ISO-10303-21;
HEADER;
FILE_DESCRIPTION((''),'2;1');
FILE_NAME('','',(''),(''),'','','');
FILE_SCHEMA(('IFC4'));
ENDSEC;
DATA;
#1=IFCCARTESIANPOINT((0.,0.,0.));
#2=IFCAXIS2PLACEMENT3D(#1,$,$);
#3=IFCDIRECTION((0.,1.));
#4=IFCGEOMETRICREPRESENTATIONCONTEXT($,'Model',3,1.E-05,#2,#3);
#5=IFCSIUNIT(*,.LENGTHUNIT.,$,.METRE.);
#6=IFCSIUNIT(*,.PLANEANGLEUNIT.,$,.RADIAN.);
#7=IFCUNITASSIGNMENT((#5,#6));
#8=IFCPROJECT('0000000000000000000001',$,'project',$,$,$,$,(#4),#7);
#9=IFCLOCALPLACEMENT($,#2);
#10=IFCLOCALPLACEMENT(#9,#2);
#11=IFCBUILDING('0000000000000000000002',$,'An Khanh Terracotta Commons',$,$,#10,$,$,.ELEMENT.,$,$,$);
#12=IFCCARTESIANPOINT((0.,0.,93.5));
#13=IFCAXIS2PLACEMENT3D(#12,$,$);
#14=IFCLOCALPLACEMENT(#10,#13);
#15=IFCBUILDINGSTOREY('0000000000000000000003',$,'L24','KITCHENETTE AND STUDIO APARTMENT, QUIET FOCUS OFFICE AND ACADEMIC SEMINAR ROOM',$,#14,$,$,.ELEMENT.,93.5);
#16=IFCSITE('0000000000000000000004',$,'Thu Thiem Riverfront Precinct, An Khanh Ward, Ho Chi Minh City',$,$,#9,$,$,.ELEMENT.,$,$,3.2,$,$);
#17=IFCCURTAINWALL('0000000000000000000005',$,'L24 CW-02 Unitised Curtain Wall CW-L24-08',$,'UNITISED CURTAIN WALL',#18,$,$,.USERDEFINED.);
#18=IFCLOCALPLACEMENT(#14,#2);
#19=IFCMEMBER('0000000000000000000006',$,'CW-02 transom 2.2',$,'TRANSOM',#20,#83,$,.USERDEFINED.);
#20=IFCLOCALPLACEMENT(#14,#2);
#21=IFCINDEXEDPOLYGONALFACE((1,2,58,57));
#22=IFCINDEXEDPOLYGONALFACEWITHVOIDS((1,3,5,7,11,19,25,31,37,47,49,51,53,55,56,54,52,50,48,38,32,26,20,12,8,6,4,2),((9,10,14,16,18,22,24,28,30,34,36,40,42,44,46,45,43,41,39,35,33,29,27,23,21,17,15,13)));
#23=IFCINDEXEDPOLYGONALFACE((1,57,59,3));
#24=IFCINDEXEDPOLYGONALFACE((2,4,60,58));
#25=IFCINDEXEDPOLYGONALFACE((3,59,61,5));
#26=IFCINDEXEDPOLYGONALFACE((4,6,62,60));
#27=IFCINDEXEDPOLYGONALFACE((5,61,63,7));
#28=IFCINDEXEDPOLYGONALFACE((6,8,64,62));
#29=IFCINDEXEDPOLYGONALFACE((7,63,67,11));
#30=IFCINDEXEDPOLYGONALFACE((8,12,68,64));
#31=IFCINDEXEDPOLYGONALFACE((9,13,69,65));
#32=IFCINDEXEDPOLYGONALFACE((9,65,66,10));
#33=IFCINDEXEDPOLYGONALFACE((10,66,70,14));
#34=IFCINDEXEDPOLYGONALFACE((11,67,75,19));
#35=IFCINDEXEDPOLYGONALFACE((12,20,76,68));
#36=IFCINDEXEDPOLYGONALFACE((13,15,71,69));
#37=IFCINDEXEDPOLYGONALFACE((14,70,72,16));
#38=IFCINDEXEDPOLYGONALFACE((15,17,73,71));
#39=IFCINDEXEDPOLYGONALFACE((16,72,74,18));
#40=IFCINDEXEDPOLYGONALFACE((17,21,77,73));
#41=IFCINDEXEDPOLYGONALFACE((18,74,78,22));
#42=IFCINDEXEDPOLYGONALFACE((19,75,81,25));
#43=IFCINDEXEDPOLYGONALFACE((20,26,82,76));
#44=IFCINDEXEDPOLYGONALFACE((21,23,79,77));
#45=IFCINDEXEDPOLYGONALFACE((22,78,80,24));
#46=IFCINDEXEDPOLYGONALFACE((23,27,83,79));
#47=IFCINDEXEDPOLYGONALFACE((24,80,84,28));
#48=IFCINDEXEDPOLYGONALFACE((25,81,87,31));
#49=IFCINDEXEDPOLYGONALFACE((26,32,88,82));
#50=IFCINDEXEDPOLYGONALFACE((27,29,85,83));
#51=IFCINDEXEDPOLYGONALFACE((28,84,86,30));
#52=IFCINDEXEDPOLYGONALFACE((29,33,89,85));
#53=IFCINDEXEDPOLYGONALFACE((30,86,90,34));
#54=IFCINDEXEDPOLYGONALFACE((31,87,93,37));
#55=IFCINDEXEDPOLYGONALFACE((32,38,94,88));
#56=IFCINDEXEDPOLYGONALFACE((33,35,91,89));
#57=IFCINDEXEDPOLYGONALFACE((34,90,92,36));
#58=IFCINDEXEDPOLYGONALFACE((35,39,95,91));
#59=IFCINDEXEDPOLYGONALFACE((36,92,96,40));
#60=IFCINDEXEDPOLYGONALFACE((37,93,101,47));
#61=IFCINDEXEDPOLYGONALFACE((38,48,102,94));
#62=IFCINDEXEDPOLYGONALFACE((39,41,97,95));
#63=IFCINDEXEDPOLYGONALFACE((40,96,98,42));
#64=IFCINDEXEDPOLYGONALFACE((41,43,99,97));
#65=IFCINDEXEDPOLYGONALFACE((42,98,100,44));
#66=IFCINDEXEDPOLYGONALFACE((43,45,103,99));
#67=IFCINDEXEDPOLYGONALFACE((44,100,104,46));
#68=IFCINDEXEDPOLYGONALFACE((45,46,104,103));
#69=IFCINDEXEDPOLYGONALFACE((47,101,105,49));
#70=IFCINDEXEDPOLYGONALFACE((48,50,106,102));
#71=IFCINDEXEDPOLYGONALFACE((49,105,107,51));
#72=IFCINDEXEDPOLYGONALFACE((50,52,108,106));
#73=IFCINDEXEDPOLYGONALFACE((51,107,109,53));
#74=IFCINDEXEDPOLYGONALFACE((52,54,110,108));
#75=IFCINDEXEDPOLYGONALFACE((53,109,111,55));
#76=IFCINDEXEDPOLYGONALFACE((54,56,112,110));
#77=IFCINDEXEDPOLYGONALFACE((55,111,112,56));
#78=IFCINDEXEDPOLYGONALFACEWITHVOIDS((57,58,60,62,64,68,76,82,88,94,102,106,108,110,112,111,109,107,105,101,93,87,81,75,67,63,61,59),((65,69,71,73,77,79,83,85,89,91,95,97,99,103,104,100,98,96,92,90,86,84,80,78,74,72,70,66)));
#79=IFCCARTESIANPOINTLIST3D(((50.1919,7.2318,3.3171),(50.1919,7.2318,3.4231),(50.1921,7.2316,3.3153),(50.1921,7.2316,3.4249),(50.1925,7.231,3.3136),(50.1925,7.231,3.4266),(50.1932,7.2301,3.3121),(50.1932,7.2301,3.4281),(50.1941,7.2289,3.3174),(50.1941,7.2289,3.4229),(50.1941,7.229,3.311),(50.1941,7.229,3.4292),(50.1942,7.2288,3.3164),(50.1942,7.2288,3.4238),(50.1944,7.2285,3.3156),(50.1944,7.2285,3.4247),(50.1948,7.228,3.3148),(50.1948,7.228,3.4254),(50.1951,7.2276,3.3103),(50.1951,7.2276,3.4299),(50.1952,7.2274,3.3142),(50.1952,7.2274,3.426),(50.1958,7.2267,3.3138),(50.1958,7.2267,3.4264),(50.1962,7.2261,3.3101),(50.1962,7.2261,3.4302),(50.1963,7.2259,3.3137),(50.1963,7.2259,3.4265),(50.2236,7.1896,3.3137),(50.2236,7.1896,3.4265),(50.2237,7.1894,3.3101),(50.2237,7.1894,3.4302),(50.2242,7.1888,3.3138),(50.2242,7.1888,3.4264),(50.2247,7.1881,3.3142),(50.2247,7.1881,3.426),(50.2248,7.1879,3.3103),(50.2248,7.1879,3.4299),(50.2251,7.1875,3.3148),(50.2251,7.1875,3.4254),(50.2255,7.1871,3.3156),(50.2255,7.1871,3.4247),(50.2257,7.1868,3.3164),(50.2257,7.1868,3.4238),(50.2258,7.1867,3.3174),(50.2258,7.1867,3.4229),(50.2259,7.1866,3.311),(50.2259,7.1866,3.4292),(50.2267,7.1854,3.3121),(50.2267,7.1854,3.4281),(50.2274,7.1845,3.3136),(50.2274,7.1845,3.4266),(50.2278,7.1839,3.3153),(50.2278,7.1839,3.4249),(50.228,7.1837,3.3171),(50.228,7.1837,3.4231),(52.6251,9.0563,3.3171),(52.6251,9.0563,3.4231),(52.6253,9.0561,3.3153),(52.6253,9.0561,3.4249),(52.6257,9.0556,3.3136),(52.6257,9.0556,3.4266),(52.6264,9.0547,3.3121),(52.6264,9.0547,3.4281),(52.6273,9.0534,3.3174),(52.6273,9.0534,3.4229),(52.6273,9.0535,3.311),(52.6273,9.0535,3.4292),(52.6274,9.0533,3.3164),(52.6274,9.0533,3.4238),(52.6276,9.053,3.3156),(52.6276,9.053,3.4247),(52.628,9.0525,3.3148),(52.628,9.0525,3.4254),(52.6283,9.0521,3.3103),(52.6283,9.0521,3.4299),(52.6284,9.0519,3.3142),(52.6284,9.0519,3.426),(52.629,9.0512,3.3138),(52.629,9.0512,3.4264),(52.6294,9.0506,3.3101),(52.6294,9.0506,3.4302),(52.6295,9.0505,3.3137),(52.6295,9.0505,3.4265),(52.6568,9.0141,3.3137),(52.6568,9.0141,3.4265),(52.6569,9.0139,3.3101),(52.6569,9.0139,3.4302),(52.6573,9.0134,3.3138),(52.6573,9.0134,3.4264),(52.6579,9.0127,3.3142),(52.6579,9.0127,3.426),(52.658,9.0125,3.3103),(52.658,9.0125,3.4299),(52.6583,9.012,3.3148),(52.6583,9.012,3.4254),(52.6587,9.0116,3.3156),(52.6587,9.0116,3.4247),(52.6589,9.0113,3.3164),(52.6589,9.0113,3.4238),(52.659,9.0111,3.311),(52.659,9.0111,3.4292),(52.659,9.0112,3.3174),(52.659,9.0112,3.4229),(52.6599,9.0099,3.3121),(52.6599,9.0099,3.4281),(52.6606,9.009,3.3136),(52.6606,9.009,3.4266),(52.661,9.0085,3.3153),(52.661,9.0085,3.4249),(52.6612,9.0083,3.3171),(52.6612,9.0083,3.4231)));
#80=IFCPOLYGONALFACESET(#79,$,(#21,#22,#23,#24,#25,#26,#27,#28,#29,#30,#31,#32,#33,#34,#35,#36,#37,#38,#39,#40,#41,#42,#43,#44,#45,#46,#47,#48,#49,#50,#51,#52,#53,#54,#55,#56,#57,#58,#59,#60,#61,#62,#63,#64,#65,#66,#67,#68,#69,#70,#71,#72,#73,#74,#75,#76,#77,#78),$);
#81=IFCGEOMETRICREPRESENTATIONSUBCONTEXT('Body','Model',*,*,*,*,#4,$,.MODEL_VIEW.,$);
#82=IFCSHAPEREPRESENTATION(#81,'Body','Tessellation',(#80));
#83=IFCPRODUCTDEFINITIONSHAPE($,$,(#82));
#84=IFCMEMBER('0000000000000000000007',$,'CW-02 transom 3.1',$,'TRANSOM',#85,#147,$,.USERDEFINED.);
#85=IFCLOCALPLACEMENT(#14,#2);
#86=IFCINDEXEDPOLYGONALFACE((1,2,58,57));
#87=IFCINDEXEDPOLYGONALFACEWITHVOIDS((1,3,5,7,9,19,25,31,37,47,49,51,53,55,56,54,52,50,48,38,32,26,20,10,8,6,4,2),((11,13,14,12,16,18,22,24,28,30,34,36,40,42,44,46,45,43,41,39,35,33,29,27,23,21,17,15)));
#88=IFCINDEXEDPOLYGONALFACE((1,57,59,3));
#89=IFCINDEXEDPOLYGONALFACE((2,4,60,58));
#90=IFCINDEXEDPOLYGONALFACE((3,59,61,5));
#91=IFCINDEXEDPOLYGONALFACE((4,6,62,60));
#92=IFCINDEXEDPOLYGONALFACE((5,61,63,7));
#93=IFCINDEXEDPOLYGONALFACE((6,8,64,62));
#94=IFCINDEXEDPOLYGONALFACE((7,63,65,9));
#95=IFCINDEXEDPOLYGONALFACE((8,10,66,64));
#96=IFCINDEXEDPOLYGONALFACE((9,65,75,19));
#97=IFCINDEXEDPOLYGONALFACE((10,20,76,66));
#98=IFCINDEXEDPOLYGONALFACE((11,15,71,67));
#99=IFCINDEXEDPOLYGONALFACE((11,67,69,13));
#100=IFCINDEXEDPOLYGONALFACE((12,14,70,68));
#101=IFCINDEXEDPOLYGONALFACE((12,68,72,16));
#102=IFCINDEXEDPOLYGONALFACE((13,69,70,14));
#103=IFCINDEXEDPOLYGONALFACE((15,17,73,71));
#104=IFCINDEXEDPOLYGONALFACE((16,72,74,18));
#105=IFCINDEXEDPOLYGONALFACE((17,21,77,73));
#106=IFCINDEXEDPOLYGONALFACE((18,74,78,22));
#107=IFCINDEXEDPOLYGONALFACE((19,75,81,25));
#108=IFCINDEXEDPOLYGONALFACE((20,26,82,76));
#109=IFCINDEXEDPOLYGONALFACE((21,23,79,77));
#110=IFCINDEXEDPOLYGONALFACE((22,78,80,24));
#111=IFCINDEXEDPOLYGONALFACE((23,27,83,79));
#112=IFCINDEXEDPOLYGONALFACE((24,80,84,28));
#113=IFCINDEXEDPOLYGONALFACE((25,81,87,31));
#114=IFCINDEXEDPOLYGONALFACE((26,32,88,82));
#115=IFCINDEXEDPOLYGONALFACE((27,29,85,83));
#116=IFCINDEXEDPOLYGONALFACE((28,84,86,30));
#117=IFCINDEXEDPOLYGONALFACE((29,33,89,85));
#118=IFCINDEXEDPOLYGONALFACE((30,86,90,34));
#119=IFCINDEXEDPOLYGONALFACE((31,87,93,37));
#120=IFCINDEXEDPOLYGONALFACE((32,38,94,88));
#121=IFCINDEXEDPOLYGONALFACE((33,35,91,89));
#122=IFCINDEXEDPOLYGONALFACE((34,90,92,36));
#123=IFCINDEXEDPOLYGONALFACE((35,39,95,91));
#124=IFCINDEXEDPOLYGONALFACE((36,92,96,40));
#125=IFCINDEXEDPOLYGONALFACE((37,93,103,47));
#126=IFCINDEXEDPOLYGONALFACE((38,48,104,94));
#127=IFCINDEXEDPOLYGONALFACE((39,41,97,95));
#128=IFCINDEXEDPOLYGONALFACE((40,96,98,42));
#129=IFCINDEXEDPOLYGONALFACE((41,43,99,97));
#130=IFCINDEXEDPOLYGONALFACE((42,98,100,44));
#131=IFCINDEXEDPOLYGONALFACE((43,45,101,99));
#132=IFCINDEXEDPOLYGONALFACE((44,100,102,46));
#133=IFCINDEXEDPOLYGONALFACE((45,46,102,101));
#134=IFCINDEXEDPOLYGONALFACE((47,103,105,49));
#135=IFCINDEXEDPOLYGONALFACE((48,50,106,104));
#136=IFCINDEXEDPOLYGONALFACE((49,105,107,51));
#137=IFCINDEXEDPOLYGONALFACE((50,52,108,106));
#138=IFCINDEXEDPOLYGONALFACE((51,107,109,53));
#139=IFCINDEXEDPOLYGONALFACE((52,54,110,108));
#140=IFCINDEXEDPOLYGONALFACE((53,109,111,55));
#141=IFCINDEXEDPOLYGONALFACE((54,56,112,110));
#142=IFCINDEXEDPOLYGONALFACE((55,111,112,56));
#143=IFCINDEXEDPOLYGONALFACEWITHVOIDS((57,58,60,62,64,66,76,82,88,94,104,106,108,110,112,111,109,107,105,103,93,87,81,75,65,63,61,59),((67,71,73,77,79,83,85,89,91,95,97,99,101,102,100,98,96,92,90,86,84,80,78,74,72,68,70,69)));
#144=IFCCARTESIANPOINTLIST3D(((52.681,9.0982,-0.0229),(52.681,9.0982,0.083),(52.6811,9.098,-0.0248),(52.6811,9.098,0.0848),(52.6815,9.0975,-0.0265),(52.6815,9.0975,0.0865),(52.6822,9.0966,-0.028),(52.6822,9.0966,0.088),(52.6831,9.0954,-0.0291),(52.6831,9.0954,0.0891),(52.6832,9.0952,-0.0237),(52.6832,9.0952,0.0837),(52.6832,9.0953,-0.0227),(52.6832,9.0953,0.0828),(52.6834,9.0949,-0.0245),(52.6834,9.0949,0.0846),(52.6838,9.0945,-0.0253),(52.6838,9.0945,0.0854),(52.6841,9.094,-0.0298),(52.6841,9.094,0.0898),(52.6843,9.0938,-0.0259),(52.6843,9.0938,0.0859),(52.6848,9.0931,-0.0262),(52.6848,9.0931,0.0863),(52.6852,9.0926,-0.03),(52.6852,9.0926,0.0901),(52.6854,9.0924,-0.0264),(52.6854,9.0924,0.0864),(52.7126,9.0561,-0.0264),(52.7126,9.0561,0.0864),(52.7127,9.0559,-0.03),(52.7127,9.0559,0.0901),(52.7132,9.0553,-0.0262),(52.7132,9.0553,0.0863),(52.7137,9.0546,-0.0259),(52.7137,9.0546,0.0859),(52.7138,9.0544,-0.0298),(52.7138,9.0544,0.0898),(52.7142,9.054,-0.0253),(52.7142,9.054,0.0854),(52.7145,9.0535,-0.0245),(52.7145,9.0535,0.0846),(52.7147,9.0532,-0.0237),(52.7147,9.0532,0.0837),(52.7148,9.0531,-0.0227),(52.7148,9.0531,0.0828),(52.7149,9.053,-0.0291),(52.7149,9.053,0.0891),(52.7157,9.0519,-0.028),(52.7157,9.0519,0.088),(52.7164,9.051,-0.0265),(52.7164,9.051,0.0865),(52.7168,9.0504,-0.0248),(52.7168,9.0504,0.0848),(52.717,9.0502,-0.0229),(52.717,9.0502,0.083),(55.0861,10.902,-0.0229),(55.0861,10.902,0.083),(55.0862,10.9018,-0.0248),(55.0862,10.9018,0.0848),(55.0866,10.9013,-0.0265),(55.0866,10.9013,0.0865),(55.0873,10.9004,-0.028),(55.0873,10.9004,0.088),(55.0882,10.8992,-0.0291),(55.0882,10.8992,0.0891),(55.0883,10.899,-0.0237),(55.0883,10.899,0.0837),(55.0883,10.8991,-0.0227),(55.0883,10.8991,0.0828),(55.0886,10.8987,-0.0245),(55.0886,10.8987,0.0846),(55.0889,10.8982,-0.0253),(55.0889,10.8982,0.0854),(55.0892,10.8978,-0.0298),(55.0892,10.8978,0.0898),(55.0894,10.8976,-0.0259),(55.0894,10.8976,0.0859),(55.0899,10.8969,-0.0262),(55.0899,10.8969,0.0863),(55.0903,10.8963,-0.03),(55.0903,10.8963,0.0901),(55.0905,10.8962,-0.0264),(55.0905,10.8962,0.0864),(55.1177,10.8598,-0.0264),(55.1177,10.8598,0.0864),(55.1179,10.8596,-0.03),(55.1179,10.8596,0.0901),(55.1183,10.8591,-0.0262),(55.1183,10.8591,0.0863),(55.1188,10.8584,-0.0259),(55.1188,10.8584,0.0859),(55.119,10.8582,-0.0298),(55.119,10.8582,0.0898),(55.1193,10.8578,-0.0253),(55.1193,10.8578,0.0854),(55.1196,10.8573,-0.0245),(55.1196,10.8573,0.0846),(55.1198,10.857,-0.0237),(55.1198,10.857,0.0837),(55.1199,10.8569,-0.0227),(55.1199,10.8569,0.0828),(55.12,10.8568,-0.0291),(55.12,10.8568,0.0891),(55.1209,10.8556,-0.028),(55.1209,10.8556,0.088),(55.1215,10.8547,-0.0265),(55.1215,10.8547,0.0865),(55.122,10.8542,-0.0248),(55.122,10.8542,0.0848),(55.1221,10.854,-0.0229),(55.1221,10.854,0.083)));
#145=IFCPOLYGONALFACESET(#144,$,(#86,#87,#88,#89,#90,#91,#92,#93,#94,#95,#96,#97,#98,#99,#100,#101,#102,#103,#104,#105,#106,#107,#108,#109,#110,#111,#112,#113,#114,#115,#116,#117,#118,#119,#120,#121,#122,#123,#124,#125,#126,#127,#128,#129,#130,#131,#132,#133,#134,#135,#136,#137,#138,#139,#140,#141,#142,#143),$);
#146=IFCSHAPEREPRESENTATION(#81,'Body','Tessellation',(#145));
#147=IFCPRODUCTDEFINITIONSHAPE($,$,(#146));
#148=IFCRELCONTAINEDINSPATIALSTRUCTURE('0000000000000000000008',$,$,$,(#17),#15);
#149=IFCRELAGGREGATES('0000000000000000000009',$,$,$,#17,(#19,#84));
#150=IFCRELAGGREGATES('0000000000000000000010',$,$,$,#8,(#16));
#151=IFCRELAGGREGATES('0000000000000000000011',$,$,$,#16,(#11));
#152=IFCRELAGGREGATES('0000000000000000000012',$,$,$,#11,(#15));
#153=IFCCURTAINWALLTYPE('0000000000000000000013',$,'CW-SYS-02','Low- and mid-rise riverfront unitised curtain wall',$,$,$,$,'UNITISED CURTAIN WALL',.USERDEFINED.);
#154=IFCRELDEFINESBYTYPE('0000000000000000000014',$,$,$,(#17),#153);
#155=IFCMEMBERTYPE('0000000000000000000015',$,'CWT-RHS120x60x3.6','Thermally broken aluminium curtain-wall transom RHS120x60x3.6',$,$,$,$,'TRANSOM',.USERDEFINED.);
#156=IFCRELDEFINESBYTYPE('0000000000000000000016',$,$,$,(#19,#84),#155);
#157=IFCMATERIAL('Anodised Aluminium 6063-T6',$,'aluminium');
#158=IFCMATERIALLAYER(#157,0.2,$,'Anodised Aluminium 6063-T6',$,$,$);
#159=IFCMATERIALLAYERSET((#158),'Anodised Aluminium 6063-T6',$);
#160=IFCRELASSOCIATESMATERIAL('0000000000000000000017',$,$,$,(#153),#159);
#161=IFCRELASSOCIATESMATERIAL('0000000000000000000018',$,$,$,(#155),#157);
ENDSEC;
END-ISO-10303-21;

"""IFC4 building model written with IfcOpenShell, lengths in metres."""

from ifc_helpers import new_model, si_unit, direction, frame, origin, origin_2d, place, context, subcontext, project, spatial, hollow_rectangle, extrude, material, layer, layer_set, material_profile, profile_set, type_object, element, aggregate, save


model = new_model("IFC4")

# Units and contexts
model_context = context("Model", 3, precision=1e-05, world=origin(), true_north=direction((0.0, 1.0)))
body_context = subcontext(model_context, "Body", "Model", "MODEL_VIEW")
ifc_project = project(units=[si_unit("LENGTHUNIT", "METRE"), si_unit("PLANEANGLEUNIT", "RADIAN")], contexts=[model_context])

# Site, building, storey
site_placement = place(None, origin())
site = spatial("IfcSite", under=ifc_project, at=site_placement, Name="Thu Thiem Riverfront Precinct, An Khanh Ward, Ho Chi Minh City", CompositionType="ELEMENT", RefElevation=3.2)
building_placement = place(site_placement, origin())
building = spatial("IfcBuilding", under=site, at=building_placement, Name="An Khanh Terracotta Commons", CompositionType="ELEMENT")
storey_placement = place(building_placement, frame((0.0, 0.0, 93.5)))
storey = spatial("IfcBuildingStorey", under=building, at=storey_placement, Name="L24", Description="KITCHENETTE AND STUDIO APARTMENT, QUIET FOCUS OFFICE AND ACADEMIC SEMINAR ROOM", CompositionType="ELEMENT", Elevation=93.5)

# Shared definitions
ifc_material_1 = material(Name="Anodised Aluminium 6063-T6", Category="aluminium")

# Curtain wall, members
ifc_layer_1 = layer(ifc_material_1, 0.2, Name="Anodised Aluminium 6063-T6")
ifc_layer_set_1 = layer_set([ifc_layer_1], Name="Anodised Aluminium 6063-T6")
curtain_wall_type_1 = type_object("IfcCurtainWallType", Name="CW-SYS-02", Description="Low- and mid-rise riverfront unitised curtain wall", ElementType="UNITISED CURTAIN WALL", PredefinedType="USERDEFINED", material=ifc_layer_set_1)
curtain_wall_1_placement = place(storey_placement, origin())
curtain_wall_1 = element("IfcCurtainWall", 1, at=curtain_wall_1_placement, inside=storey, type_object=curtain_wall_type_1, Name="L24 CW-02 Unitised Curtain Wall CW-L24-08", ObjectType="UNITISED CURTAIN WALL", PredefinedType="USERDEFINED")
ifc_material_profile_1 = material_profile(ifc_material_1, hollow_rectangle(XDim=0.0601, YDim=0.1201, WallThickness=0.0037, InnerFilletRadius=0.0037, OuterFilletRadius=0.0071, at=origin_2d()), Name="RHS120x60x3.6")
ifc_profile_set_1 = profile_set([ifc_material_profile_1], Name="Anodised Aluminium 6063-T6")
member_type_1 = type_object("IfcMemberType", Name="CWT-RHS120x60x3.6", Description="Thermally broken aluminium curtain-wall transom RHS120x60x3.6", ElementType="TRANSOM", PredefinedType="USERDEFINED", material=ifc_profile_set_1)
member_1_placement = place(storey_placement, frame((50.21, 7.2078, 3.3701), z_axis=(0.800058, 0.599923, 0.0), x_axis=(-0.599923, 0.800058, 0.0)))
member_1 = element("IfcMember", 2, at=member_1_placement, type_object=member_type_1, Name="CW-02 transom 2.2", ObjectType="TRANSOM", PredefinedType="USERDEFINED", context=body_context, shape_type="SweptSolid", body=[
    extrude(hollow_rectangle(XDim=0.0601, YDim=0.1201, WallThickness=0.0037, InnerFilletRadius=0.0037, OuterFilletRadius=0.0071, at=origin_2d()), origin(), (0.0, 0.0, 1.0), 3.0413),
])
member_2_placement = place(storey_placement, frame((52.699, 9.0742, 0.03), z_axis=(0.80001, 0.599987, 0.0), x_axis=(-0.599987, 0.80001, 0.0)))
member_2 = element("IfcMember", 3, at=member_2_placement, type_object=member_type_1, Name="CW-02 transom 3.1", ObjectType="TRANSOM", PredefinedType="USERDEFINED", context=body_context, shape_type="SweptSolid", body=[
    extrude(hollow_rectangle(XDim=0.0601, YDim=0.1201, WallThickness=0.0037, InnerFilletRadius=0.0037, OuterFilletRadius=0.0071, at=origin_2d()), origin(), (0.0, 0.0, 1.0), 3.0063),
])

aggregate(curtain_wall_1, [member_1, member_2])

save(model, "model.ifc")
